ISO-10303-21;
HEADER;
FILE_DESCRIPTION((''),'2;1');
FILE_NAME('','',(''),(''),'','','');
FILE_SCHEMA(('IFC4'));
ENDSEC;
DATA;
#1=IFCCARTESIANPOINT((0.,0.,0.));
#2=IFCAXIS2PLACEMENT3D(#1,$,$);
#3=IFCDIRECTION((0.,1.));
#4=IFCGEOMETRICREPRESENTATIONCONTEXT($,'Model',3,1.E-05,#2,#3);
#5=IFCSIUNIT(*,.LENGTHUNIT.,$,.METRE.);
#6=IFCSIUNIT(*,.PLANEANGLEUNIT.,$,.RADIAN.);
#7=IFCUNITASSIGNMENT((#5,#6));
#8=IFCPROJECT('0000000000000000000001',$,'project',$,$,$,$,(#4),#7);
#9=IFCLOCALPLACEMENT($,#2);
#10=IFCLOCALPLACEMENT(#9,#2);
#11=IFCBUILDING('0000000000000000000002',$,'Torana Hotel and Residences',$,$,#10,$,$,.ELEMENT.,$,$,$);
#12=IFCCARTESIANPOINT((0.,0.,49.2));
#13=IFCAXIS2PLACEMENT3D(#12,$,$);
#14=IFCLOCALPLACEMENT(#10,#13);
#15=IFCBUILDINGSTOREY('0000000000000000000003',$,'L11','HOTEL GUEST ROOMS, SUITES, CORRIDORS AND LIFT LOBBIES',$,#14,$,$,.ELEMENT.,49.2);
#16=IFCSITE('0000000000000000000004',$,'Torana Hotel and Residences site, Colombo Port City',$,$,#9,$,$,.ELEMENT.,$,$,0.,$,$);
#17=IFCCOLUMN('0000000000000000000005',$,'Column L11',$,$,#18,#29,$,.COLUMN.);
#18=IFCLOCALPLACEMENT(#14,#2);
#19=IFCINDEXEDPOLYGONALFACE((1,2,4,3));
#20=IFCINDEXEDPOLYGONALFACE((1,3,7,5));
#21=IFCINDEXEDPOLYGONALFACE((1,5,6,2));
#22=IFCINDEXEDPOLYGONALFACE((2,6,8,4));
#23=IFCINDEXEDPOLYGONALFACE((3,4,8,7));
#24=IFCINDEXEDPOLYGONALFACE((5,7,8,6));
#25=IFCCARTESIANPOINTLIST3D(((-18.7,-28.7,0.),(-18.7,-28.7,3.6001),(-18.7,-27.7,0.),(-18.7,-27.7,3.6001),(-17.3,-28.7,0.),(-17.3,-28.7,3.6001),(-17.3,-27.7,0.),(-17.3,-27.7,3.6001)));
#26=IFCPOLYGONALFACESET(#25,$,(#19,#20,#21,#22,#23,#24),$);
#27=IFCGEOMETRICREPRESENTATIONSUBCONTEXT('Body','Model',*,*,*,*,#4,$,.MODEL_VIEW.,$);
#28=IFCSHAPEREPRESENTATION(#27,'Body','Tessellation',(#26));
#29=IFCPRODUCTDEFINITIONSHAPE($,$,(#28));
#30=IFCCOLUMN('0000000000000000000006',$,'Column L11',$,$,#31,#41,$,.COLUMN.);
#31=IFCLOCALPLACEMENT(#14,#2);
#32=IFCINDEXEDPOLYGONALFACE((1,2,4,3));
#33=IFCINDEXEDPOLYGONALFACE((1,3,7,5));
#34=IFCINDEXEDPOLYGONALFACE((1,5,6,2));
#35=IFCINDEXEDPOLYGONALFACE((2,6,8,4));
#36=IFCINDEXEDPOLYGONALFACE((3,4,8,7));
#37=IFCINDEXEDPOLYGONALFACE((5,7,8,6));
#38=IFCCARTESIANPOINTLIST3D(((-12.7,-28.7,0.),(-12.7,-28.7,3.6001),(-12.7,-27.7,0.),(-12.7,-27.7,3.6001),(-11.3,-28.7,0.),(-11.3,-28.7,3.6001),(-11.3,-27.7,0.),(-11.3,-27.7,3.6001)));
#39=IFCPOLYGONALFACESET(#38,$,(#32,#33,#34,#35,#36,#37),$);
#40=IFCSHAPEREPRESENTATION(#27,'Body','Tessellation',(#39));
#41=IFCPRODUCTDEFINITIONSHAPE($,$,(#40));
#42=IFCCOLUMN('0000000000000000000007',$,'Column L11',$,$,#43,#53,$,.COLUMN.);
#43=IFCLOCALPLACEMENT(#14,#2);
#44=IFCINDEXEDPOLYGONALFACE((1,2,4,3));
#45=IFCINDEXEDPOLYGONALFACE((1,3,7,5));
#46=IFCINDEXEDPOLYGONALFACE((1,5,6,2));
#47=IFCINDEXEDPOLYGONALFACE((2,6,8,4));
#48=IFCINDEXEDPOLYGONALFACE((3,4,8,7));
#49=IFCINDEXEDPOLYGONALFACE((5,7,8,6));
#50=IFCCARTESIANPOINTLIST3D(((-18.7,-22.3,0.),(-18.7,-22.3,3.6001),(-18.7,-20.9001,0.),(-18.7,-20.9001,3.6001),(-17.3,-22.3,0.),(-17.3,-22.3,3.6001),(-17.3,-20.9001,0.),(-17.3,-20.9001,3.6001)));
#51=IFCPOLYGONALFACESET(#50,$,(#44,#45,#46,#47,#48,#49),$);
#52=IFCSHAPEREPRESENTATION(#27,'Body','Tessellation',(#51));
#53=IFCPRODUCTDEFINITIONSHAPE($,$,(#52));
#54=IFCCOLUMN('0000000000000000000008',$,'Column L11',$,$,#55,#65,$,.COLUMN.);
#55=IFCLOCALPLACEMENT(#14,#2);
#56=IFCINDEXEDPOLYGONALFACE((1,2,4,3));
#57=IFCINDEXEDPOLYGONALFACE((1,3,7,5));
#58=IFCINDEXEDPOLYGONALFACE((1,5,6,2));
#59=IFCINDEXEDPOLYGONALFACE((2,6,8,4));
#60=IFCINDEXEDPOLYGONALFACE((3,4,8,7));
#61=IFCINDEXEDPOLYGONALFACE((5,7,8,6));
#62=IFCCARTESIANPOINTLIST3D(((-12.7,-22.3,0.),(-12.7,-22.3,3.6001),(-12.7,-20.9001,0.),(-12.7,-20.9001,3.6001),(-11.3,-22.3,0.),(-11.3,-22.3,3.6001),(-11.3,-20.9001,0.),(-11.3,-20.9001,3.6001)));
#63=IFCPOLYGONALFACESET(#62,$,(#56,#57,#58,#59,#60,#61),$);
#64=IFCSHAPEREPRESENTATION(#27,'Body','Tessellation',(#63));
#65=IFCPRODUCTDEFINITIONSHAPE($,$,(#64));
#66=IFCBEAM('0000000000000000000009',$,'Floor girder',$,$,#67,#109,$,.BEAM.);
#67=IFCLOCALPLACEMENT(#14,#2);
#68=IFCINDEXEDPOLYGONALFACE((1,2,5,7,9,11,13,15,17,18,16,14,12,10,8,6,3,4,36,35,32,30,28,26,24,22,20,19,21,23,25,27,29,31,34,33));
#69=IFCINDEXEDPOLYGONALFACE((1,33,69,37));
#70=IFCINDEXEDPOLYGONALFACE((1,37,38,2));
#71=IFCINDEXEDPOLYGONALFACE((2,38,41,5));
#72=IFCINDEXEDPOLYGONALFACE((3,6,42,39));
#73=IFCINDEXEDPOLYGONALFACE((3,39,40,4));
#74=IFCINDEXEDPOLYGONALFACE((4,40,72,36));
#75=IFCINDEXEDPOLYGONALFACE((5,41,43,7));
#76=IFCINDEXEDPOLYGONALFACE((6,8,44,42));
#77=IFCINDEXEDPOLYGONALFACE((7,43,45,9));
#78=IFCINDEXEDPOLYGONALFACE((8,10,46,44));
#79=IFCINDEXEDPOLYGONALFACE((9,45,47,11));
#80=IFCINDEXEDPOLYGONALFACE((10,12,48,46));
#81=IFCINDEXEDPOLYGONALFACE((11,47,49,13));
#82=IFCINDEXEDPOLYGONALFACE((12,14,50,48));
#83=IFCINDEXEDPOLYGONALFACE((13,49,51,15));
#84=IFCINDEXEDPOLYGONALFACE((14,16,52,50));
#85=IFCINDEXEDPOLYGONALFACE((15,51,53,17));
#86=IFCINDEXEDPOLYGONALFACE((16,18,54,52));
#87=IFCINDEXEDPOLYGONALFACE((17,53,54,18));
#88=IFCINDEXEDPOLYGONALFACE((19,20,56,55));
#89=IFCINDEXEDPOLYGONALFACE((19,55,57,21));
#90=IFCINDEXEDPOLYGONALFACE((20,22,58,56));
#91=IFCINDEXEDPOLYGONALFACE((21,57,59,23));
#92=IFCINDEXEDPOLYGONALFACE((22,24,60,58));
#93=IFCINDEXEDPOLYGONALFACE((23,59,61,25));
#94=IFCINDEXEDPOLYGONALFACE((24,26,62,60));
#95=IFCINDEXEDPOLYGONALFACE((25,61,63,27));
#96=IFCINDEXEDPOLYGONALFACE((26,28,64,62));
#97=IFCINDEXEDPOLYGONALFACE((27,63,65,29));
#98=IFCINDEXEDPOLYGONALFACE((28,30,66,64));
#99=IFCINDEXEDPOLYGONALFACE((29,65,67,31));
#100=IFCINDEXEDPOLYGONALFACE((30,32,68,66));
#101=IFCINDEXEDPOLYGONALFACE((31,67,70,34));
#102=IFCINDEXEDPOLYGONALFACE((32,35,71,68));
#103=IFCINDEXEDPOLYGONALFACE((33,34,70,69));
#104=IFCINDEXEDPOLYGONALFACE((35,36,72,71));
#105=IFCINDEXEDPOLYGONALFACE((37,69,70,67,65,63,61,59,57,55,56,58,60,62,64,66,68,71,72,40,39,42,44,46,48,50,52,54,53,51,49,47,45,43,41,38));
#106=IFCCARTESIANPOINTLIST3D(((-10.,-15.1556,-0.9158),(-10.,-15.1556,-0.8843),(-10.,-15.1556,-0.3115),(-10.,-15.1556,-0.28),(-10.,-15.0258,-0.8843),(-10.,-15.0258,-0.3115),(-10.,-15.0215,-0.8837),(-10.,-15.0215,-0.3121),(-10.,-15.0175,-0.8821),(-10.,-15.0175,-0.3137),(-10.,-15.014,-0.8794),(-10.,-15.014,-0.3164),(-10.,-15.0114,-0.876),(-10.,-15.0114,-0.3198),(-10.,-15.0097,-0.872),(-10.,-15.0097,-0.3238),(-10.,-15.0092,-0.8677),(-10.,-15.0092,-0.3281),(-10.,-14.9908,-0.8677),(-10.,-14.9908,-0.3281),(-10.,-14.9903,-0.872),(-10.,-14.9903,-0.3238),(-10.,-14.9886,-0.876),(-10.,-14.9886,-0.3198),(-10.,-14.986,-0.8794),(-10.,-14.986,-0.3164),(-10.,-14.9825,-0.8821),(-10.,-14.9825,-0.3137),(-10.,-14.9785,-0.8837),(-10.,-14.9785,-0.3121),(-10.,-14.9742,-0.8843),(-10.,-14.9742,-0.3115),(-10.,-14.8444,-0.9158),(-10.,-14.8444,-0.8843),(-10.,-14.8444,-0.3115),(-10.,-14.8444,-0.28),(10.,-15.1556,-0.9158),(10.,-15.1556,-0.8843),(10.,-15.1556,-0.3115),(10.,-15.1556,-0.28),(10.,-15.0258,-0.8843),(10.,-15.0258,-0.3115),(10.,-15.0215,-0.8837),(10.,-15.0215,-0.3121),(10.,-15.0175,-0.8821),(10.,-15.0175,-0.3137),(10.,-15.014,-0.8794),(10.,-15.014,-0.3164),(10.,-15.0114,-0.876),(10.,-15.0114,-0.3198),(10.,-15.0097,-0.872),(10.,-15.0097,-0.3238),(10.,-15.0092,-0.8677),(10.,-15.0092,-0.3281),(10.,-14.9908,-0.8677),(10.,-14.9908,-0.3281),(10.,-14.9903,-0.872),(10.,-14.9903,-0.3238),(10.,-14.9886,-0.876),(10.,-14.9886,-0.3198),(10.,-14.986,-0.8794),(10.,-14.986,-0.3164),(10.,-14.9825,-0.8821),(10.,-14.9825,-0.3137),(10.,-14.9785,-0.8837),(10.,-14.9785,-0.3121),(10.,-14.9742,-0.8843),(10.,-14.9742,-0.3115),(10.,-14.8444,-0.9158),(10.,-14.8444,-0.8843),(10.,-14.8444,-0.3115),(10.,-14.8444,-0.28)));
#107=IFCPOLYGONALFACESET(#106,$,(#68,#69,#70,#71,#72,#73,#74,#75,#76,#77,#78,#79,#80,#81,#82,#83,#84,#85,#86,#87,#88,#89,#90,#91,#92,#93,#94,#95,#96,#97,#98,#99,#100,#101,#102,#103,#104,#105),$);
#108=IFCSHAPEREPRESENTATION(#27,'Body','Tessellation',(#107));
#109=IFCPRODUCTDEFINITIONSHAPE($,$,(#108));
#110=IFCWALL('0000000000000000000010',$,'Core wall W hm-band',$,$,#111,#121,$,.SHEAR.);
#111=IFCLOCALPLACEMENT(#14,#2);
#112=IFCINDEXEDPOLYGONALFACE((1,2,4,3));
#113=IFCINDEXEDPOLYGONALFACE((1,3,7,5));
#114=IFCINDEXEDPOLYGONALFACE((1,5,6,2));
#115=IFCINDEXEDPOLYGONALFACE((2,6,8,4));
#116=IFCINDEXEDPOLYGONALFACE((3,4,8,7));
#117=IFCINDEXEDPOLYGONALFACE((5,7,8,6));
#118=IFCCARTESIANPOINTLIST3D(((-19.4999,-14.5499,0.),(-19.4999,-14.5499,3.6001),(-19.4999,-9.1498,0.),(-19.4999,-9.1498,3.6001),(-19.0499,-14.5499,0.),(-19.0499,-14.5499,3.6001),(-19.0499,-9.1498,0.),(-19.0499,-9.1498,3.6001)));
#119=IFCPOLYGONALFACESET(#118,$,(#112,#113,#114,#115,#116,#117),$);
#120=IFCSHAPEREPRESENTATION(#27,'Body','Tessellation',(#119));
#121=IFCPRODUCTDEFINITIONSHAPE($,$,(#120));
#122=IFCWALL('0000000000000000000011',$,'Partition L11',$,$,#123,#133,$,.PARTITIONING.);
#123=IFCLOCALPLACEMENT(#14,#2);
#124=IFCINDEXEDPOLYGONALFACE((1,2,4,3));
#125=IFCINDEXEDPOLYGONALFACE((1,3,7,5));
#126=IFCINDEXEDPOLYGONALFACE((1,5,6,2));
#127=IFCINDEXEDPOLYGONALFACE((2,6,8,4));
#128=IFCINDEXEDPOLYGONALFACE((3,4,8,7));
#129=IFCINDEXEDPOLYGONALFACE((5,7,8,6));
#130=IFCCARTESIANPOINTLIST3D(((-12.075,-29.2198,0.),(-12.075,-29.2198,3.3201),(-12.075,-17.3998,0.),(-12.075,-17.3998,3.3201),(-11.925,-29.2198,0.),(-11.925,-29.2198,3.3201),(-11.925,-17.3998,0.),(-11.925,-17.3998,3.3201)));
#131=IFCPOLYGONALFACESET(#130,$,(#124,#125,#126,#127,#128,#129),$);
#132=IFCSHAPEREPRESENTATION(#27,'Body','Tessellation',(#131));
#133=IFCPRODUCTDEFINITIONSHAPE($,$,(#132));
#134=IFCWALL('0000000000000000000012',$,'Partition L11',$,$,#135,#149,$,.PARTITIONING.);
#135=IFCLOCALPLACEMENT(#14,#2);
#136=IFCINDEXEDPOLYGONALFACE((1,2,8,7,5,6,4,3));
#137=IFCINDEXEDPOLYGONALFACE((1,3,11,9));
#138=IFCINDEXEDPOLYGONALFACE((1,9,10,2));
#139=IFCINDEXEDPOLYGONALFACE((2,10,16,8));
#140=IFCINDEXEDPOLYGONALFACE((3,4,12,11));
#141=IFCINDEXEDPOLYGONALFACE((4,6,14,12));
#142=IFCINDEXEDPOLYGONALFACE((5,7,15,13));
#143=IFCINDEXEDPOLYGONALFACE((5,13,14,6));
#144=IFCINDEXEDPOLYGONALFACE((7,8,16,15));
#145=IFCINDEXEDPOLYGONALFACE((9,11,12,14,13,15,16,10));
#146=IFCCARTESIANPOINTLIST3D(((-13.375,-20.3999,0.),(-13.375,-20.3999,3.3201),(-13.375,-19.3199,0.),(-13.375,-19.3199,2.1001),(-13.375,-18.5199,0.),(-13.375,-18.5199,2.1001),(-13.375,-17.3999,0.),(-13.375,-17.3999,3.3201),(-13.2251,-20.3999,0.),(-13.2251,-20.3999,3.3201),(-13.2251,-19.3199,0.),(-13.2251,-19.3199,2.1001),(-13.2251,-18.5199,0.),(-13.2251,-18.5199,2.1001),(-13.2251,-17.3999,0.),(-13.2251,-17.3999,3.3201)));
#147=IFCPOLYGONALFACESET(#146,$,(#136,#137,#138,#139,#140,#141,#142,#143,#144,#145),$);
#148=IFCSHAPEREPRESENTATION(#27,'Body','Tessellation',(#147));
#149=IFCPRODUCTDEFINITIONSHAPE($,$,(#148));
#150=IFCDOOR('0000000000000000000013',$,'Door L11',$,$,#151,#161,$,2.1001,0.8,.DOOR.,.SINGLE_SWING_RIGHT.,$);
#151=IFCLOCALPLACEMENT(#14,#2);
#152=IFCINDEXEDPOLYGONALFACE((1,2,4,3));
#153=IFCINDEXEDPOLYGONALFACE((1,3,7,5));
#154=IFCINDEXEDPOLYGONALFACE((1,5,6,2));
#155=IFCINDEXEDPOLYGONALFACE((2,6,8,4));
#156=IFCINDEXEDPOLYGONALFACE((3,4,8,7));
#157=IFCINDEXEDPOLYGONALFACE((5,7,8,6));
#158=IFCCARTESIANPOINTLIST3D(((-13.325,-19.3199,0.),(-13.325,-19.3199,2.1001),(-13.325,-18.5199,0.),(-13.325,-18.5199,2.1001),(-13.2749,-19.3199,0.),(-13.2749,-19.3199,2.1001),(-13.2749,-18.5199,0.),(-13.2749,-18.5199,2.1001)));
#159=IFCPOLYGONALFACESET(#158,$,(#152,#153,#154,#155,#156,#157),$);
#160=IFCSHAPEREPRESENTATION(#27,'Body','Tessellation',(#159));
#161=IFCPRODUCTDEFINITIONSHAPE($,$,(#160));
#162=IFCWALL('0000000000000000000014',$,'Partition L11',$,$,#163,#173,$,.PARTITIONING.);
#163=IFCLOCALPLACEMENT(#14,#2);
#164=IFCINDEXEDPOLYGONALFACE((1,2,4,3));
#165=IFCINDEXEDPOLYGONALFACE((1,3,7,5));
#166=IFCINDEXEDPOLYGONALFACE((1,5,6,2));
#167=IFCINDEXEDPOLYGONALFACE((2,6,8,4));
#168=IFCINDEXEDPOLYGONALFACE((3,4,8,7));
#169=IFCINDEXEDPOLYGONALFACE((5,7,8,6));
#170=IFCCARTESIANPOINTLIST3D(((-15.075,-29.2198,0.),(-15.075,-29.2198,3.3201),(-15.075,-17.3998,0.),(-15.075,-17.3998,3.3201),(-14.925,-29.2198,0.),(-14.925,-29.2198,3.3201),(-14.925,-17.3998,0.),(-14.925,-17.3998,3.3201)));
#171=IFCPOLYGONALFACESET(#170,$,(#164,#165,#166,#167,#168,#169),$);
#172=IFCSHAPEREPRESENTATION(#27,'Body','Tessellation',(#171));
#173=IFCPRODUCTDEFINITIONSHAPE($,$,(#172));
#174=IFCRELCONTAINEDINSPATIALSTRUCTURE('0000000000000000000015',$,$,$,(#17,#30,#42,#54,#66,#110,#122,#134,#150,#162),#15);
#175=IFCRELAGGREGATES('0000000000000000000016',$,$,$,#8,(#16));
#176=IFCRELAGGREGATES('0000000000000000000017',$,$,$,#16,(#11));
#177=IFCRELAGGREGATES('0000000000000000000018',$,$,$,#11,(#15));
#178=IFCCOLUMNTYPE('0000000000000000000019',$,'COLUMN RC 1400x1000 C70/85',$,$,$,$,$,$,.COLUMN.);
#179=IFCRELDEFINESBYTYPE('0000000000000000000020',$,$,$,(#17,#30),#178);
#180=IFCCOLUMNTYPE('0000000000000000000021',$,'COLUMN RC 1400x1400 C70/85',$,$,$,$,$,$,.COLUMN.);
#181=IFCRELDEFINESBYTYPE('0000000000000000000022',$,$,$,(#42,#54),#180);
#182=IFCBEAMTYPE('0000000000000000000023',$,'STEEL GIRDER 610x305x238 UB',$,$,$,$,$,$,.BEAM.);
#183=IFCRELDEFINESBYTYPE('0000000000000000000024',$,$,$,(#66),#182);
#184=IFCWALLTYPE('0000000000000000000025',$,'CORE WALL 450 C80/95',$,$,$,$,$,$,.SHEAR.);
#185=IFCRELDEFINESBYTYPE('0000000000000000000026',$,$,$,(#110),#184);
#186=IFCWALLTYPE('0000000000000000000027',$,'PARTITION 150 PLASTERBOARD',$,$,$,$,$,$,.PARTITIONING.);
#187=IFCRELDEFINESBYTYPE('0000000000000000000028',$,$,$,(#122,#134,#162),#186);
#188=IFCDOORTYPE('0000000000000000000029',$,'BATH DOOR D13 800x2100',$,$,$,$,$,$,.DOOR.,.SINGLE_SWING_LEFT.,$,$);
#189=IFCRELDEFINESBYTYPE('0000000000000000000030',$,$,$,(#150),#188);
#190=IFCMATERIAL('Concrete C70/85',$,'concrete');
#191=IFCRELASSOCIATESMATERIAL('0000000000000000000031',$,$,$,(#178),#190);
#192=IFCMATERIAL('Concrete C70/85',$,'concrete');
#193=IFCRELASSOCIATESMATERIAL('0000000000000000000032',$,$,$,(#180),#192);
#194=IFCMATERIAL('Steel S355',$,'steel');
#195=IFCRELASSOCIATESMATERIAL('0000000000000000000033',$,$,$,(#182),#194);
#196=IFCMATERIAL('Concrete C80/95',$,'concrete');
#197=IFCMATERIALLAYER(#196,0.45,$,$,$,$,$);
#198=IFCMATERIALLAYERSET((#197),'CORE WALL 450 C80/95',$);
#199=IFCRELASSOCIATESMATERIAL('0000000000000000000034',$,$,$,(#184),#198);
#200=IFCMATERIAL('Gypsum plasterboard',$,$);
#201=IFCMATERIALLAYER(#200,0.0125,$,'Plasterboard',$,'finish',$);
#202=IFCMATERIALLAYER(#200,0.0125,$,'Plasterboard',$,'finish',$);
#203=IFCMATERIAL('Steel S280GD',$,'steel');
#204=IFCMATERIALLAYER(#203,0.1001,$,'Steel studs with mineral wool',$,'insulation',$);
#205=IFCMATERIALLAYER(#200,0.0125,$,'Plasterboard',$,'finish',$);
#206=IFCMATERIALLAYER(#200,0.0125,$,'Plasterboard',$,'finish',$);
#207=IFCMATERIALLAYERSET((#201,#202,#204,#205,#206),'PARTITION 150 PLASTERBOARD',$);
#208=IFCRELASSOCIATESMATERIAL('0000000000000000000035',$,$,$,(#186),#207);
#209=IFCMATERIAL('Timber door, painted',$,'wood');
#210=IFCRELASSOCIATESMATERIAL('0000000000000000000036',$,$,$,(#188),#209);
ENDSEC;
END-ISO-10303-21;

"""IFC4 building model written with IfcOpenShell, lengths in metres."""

from ifc_helpers import new_model, si_unit, direction, frame, frame_2d, origin, origin_2d, place, context, subcontext, project, spatial, rectangle, i_section, extrude, material, layer, layer_set, material_profile, profile_set, type_object, element, fill, save


model = new_model("IFC4")

# Units and contexts
model_context = context("Model", 3, precision=1e-05, world=origin(), true_north=direction((0.0, 1.0)))
body_context = subcontext(model_context, "Body", "Model", "MODEL_VIEW")
ifc_project = project(units=[si_unit("LENGTHUNIT", "METRE"), si_unit("PLANEANGLEUNIT", "RADIAN")], contexts=[model_context])

# Site, building, storey
site_placement = place(None, origin())
site = spatial("IfcSite", under=ifc_project, at=site_placement, Name="Torana Hotel and Residences site, Colombo Port City", CompositionType="ELEMENT", RefElevation=0.0)
building_placement = place(site_placement, origin())
building = spatial("IfcBuilding", under=site, at=building_placement, Name="Torana Hotel and Residences", CompositionType="ELEMENT")
storey_placement = place(building_placement, frame((0.0, 0.0, 49.2)))
storey = spatial("IfcBuildingStorey", under=building, at=storey_placement, Name="L11", Description="HOTEL GUEST ROOMS, SUITES, CORRIDORS AND LIFT LOBBIES", CompositionType="ELEMENT", Elevation=49.2)

# Columns
ifc_material_1 = material(Name="Concrete C70/85", Category="concrete")
ifc_material_profile_1 = material_profile(ifc_material_1, rectangle(XDim=1.3999, YDim=1.0, at=origin_2d()), Name="RC 1400x1000")
ifc_profile_set_1 = profile_set([ifc_material_profile_1], Name="Concrete C70/85")
column_type_1 = type_object("IfcColumnType", Name="COLUMN RC 1400x1000 C70/85", PredefinedType="COLUMN", material=ifc_profile_set_1)
for number, where, z_axis, x_axis, name in (
    (1, (-18.0, -28.2, 0.0), (0.0, 0.0, 1.0), (1.0, 0.0, 0.0), "Column L11"),
    (2, (-12.0, -28.2, 0.0), (0.0, 0.0, 1.0), (1.0, 0.0, 0.0), "Column L11"),
):
    element("IfcColumn", number, at=place(storey_placement, frame(where, z_axis=z_axis, x_axis=x_axis)), inside=storey, type_object=column_type_1, Name=name, PredefinedType="COLUMN", context=body_context, shape_type="SweptSolid", body=[
        extrude(rectangle(XDim=1.3999, YDim=1.0, at=origin_2d()), origin(), (0.0, 0.0, 1.0), 3.6001),
    ])
ifc_material_2 = material(Name="Concrete C70/85", Category="concrete")
ifc_material_profile_2 = material_profile(ifc_material_2, rectangle(XDim=1.3999, YDim=1.3999, at=origin_2d()), Name="RC 1400x1400")
ifc_profile_set_2 = profile_set([ifc_material_profile_2], Name="Concrete C70/85")
column_type_2 = type_object("IfcColumnType", Name="COLUMN RC 1400x1400 C70/85", PredefinedType="COLUMN", material=ifc_profile_set_2)
for number, where, z_axis, x_axis, name in (
    (3, (-18.0, -21.6001, 0.0), (0.0, 0.0, 1.0), (1.0, 0.0, 0.0), "Column L11"),
    (4, (-12.0, -21.6001, 0.0), (0.0, 0.0, 1.0), (1.0, 0.0, 0.0), "Column L11"),
):
    element("IfcColumn", number, at=place(storey_placement, frame(where, z_axis=z_axis, x_axis=x_axis)), inside=storey, type_object=column_type_2, Name=name, PredefinedType="COLUMN", context=body_context, shape_type="SweptSolid", body=[
        extrude(rectangle(XDim=1.3999, YDim=1.3999, at=origin_2d()), origin(), (0.0, 0.0, 1.0), 3.6001),
    ])

# Beam
ifc_material_3 = material(Name="Steel S355", Category="steel")
ifc_material_profile_3 = material_profile(ifc_material_3, i_section(OverallWidth=0.3113, OverallDepth=0.6357, WebThickness=0.0183, FlangeThickness=0.0315, FilletRadius=0.0166, at=origin_2d()), Name="610x305x238 UB")
ifc_profile_set_3 = profile_set([ifc_material_profile_3], Name="Steel S355")
beam_type = type_object("IfcBeamType", Name="STEEL GIRDER 610x305x238 UB", PredefinedType="BEAM", material=ifc_profile_set_3)
beam_placement = place(storey_placement, frame((-10.0, -15.0, -0.5979), z_axis=(1.0, 0.0, 0.0), x_axis=(0.0, 1.0, 0.0)))
element("IfcBeam", 5, at=beam_placement, inside=storey, type_object=beam_type, Name="Floor girder", PredefinedType="BEAM", context=body_context, shape_type="SweptSolid", body=[
    extrude(i_section(OverallWidth=0.3113, OverallDepth=0.6357, WebThickness=0.0183, FlangeThickness=0.0315, FilletRadius=0.0166, at=origin_2d()), origin(), (0.0, 0.0, 1.0), 20.0),
])

# Walls
ifc_material_4 = material(Name="Concrete C80/95", Category="concrete")
ifc_layer_1 = layer(ifc_material_4, 0.45)
ifc_layer_set_1 = layer_set([ifc_layer_1], Name="CORE WALL 450 C80/95")
wall_type_1 = type_object("IfcWallType", Name="CORE WALL 450 C80/95", PredefinedType="SHEAR", material=ifc_layer_set_1)
wall_1_placement = place(storey_placement, frame((-19.2749, -14.55, 0.0), z_axis=(0.0, 0.0, 1.0), x_axis=(0.0, 1.0, 0.0)))
element("IfcWall", 6, at=wall_1_placement, inside=storey, type_object=wall_type_1, Name="Core wall W hm-band", PredefinedType="SHEAR", context=body_context, shape_type="SweptSolid", body=[
    extrude(rectangle(XDim=5.4001, YDim=0.45, at=frame_2d((2.7002, 0.0))), origin(), (0.0, 0.0, 1.0), 3.6001),
])
ifc_material_5 = material(Name="Gypsum plasterboard")
ifc_layer_2 = layer(ifc_material_5, 0.0125, Name="Plasterboard", Category="finish")
ifc_layer_3 = layer(ifc_material_5, 0.0125, Name="Plasterboard", Category="finish")
ifc_material_6 = material(Name="Steel S280GD", Category="steel")
ifc_layer_4 = layer(ifc_material_6, 0.1001, Name="Steel studs with mineral wool", Category="insulation")
ifc_layer_5 = layer(ifc_material_5, 0.0125, Name="Plasterboard", Category="finish")
ifc_layer_6 = layer(ifc_material_5, 0.0125, Name="Plasterboard", Category="finish")
ifc_layer_set_2 = layer_set([ifc_layer_2, ifc_layer_3, ifc_layer_4, ifc_layer_5, ifc_layer_6], Name="PARTITION 150 PLASTERBOARD")
wall_type_2 = type_object("IfcWallType", Name="PARTITION 150 PLASTERBOARD", PredefinedType="PARTITIONING", material=ifc_layer_set_2)
wall_2_placement = place(storey_placement, frame((-12.0, -29.22, 0.0), z_axis=(0.0, 0.0, 1.0), x_axis=(0.0, 1.0, 0.0)))
element("IfcWall", 7, at=wall_2_placement, inside=storey, type_object=wall_type_2, Name="Partition L11", PredefinedType="PARTITIONING", context=body_context, shape_type="SweptSolid", body=[
    extrude(rectangle(XDim=11.8201, YDim=0.1499, at=frame_2d((5.9102, 0.0))), origin(), (0.0, 0.0, 1.0), 3.3201),
])

# Wall, opening, door
wall_3_placement = place(storey_placement, frame((-13.3, -20.3999, 0.0), z_axis=(0.0, 0.0, 1.0), x_axis=(0.0, 1.0, 0.0)))
wall_3 = element("IfcWall", 8, at=wall_3_placement, inside=storey, type_object=wall_type_2, Name="Partition L11", PredefinedType="PARTITIONING", context=body_context, shape_type="SweptSolid", body=[
    extrude(rectangle(XDim=3.0, YDim=0.1499, at=frame_2d((1.5, 0.0))), origin(), (0.0, 0.0, 1.0), 3.3201),
])
opening_1_placement = place(wall_3_placement, frame((1.0801, 0.0, 0.0)))
opening_1 = element("IfcOpeningElement", 9, at=opening_1_placement, cuts=wall_3, PredefinedType="OPENING", context=body_context, shape_type="SweptSolid", body=[
    extrude(rectangle(XDim=0.8, YDim=2.1001, at=frame_2d((0.3999, 1.05))), frame((0.0, 0.085, 0.0), z_axis=(0.0, -1.0, 0.0), x_axis=(1.0, 0.0, 0.0)), (0.0, 0.0, 1.0), 0.1699),
])
ifc_material_7 = material(Name="Timber door, painted", Category="wood")
door_type = type_object("IfcDoorType", Name="BATH DOOR D13 800x2100", OperationType="SINGLE_SWING_LEFT", PredefinedType="DOOR", material=ifc_material_7)
door_1_placement = place(opening_1_placement, origin())
door_1 = element("IfcDoor", 10, at=door_1_placement, inside=storey, type_object=door_type, Name="Door L11", OperationType="SINGLE_SWING_RIGHT", OverallHeight=2.1001, OverallWidth=0.8, PredefinedType="DOOR", context=body_context, shape_type="SweptSolid", body=[
    extrude(rectangle(XDim=0.8, YDim=2.1001, at=frame_2d((0.3999, 1.05))), frame((0.0, 0.0249, 0.0), z_axis=(0.0, -1.0, 0.0), x_axis=(1.0, 0.0, 0.0)), (0.0, 0.0, 1.0), 0.05),
])
fill(opening_1, door_1)

# Wall
wall_4_placement = place(storey_placement, frame((-15.0, -29.22, 0.0), z_axis=(0.0, 0.0, 1.0), x_axis=(0.0, 1.0, 0.0)))
element("IfcWall", 11, at=wall_4_placement, inside=storey, type_object=wall_type_2, Name="Partition L11", PredefinedType="PARTITIONING", context=body_context, shape_type="SweptSolid", body=[
    extrude(rectangle(XDim=11.8201, YDim=0.1499, at=frame_2d((5.9102, 0.0))), origin(), (0.0, 0.0, 1.0), 3.3201),
])

save(model, "model.ifc")
